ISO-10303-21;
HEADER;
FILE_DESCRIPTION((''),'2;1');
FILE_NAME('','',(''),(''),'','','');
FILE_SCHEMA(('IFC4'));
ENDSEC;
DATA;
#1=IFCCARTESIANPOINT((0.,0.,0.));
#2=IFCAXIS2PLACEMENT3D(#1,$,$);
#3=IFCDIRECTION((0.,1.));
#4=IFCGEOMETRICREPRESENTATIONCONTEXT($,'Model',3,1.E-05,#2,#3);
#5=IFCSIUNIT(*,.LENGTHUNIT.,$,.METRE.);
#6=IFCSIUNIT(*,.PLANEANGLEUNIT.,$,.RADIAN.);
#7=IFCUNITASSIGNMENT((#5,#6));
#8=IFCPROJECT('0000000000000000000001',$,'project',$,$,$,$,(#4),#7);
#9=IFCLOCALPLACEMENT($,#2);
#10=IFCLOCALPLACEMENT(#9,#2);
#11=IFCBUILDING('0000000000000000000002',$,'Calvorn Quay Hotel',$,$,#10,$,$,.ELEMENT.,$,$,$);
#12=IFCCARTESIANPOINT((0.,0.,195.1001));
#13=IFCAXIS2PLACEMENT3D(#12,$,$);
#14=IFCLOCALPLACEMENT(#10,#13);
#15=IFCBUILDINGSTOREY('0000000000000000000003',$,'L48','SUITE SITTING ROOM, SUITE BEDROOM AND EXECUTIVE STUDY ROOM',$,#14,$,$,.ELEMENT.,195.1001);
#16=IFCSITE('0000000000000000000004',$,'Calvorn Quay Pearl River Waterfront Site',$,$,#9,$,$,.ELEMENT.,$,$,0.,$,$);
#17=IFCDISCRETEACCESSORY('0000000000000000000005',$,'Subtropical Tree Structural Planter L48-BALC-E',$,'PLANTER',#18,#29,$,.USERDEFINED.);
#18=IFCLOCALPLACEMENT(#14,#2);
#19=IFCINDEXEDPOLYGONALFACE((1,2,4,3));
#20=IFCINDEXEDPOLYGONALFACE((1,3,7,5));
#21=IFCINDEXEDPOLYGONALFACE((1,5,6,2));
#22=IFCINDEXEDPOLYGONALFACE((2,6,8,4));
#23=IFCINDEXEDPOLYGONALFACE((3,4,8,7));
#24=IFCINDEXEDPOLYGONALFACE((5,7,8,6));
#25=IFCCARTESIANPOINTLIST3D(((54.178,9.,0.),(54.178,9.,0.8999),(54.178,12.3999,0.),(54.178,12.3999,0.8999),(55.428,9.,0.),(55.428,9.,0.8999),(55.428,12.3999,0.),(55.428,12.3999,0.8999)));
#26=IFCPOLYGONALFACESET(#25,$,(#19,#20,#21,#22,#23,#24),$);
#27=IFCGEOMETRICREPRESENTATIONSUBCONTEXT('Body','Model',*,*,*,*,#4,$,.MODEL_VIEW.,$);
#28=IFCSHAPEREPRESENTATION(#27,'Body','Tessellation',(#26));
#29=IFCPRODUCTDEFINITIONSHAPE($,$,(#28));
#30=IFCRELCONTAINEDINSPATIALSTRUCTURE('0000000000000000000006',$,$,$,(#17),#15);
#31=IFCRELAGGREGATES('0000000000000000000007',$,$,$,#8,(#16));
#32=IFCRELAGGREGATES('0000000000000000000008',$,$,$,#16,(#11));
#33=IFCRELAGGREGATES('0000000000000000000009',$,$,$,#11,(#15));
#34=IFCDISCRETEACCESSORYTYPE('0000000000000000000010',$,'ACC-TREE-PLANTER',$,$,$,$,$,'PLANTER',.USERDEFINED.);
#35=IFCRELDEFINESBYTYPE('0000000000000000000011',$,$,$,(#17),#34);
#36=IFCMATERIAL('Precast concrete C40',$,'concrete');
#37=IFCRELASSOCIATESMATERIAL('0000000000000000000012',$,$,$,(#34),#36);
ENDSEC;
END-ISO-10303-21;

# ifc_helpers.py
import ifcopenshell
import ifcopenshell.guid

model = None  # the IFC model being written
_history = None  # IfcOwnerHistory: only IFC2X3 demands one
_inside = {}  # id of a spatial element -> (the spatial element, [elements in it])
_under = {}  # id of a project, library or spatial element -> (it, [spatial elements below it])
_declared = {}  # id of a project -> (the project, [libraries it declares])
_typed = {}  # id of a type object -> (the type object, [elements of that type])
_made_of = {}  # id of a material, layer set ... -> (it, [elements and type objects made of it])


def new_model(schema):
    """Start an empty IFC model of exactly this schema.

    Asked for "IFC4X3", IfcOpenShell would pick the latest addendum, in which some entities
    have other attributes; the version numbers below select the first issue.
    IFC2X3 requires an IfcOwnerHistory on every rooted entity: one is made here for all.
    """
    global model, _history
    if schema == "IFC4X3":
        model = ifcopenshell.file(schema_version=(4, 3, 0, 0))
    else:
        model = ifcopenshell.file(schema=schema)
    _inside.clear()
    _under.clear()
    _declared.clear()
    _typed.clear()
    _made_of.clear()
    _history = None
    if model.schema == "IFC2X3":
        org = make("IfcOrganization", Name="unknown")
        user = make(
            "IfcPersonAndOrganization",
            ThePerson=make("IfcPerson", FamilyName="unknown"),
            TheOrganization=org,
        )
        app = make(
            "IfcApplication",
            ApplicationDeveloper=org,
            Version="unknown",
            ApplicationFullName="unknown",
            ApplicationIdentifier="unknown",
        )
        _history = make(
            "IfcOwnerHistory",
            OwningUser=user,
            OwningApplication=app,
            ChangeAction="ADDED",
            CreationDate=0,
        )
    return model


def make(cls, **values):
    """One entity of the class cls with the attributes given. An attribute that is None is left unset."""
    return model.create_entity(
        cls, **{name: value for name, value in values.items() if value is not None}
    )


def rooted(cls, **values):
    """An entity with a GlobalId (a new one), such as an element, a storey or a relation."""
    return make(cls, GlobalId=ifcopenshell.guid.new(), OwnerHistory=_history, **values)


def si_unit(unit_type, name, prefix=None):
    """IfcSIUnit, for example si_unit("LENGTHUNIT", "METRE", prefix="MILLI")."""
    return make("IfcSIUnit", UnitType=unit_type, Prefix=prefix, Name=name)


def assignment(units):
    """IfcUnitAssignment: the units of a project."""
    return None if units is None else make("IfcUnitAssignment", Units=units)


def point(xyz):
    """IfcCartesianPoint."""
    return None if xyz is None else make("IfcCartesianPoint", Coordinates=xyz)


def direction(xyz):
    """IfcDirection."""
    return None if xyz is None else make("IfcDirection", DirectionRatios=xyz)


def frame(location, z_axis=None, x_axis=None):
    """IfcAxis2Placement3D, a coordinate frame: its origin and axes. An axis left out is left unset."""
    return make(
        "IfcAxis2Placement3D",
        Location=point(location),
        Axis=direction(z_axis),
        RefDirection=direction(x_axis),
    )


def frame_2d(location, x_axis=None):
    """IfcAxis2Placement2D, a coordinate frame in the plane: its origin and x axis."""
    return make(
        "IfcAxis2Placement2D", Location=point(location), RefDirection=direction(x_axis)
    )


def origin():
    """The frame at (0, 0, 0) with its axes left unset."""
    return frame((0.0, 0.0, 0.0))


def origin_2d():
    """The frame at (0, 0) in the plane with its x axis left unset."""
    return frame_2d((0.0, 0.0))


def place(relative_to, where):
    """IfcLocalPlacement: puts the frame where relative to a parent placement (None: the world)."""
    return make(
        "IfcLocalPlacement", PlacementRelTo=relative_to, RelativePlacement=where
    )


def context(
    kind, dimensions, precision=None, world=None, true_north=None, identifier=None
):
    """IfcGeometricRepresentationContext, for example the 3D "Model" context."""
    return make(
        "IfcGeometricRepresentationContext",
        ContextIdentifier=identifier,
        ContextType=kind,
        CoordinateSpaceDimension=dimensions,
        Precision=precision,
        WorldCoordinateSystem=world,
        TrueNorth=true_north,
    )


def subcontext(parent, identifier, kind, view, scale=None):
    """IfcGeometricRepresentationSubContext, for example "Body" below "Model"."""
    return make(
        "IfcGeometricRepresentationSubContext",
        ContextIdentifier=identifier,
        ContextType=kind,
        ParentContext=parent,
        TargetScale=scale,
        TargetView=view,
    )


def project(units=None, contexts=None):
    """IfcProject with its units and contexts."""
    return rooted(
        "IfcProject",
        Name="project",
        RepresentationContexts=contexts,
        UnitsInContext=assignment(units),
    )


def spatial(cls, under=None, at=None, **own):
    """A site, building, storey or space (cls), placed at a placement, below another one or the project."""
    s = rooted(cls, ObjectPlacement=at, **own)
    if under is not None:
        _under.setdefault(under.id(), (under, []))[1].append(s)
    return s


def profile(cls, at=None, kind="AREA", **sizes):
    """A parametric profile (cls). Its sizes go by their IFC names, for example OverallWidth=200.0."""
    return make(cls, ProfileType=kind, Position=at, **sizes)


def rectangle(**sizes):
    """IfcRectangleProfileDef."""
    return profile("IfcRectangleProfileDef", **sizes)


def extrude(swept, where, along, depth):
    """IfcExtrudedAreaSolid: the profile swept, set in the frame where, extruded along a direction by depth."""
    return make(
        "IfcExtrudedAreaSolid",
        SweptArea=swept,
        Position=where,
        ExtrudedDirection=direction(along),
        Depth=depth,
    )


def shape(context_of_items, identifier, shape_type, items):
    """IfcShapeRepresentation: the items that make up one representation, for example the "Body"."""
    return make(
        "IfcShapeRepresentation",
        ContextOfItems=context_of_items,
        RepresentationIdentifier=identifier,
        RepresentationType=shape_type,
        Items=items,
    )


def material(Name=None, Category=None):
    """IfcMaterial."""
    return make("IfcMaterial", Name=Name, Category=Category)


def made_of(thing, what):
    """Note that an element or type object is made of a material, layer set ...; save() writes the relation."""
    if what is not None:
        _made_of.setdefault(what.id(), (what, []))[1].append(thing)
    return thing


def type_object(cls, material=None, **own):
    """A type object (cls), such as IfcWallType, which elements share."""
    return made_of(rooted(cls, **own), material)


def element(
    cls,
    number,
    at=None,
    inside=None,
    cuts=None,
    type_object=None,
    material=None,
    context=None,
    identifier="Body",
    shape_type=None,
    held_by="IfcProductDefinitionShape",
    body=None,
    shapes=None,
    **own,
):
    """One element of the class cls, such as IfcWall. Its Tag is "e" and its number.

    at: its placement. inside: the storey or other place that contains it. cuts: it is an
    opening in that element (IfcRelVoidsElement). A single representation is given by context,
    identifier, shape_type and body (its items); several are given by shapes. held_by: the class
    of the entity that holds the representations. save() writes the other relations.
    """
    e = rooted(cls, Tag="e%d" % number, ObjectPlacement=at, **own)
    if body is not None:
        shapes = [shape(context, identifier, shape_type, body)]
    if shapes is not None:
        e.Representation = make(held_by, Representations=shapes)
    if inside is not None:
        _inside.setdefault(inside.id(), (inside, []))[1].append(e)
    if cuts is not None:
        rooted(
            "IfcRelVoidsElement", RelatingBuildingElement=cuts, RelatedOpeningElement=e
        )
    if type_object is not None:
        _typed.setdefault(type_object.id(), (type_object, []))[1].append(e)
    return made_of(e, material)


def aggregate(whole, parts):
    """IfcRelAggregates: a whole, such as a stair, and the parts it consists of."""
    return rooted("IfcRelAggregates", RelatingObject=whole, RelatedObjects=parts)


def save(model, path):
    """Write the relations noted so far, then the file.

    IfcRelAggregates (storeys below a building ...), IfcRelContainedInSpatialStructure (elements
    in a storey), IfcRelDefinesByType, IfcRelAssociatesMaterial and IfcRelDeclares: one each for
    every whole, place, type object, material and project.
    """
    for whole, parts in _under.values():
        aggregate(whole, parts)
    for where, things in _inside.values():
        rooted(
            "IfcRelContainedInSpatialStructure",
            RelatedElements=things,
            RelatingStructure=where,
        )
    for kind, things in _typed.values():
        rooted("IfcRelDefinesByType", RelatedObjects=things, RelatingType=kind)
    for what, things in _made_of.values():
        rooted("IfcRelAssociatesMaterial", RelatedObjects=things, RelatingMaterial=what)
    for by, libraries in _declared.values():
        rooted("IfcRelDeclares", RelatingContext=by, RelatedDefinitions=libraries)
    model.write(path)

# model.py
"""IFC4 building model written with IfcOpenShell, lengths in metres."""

from ifc_helpers import new_model, si_unit, direction, frame, origin, origin_2d, place, context, subcontext, project, spatial, rectangle, extrude, material, type_object, element, save


model = new_model("IFC4")

# Units and contexts
model_context = context("Model", 3, precision=1e-05, world=origin(), true_north=direction((0.0, 1.0)))
body_context = subcontext(model_context, "Body", "Model", "MODEL_VIEW")
ifc_project = project(units=[si_unit("LENGTHUNIT", "METRE"), si_unit("PLANEANGLEUNIT", "RADIAN")], contexts=[model_context])

# Site, building, storey
site_placement = place(None, origin())
site = spatial("IfcSite", under=ifc_project, at=site_placement, Name="Calvorn Quay Pearl River Waterfront Site", CompositionType="ELEMENT", RefElevation=0.0)
building_placement = place(site_placement, origin())
building = spatial("IfcBuilding", under=site, at=building_placement, Name="Calvorn Quay Hotel", CompositionType="ELEMENT")
storey_placement = place(building_placement, frame((0.0, 0.0, 195.1001)))
storey = spatial("IfcBuildingStorey", under=building, at=storey_placement, Name="L48", Description="SUITE SITTING ROOM, SUITE BEDROOM AND EXECUTIVE STUDY ROOM", CompositionType="ELEMENT", Elevation=195.1001)

# Discrete accessory
ifc_material_1 = material(Name="Precast concrete C40", Category="concrete")
discrete_accessory_type_1 = type_object("IfcDiscreteAccessoryType", Name="ACC-TREE-PLANTER", ElementType="PLANTER", PredefinedType="USERDEFINED", material=ifc_material_1)
discrete_accessory_placement = place(storey_placement, frame((54.803, 10.7, 0.0), z_axis=(0.0, 0.0, 1.0), x_axis=(1.0, 0.0, 0.0)))
element("IfcDiscreteAccessory", 1, at=discrete_accessory_placement, inside=storey, type_object=discrete_accessory_type_1, Name="Subtropical Tree Structural Planter L48-BALC-E", ObjectType="PLANTER", PredefinedType="USERDEFINED", context=body_context, shape_type="SweptSolid", body=[
    extrude(rectangle(XDim=1.25, YDim=3.3999, at=origin_2d()), origin(), (0.0, 0.0, 1.0), 0.8999),
])

save(model, "model.ifc")
